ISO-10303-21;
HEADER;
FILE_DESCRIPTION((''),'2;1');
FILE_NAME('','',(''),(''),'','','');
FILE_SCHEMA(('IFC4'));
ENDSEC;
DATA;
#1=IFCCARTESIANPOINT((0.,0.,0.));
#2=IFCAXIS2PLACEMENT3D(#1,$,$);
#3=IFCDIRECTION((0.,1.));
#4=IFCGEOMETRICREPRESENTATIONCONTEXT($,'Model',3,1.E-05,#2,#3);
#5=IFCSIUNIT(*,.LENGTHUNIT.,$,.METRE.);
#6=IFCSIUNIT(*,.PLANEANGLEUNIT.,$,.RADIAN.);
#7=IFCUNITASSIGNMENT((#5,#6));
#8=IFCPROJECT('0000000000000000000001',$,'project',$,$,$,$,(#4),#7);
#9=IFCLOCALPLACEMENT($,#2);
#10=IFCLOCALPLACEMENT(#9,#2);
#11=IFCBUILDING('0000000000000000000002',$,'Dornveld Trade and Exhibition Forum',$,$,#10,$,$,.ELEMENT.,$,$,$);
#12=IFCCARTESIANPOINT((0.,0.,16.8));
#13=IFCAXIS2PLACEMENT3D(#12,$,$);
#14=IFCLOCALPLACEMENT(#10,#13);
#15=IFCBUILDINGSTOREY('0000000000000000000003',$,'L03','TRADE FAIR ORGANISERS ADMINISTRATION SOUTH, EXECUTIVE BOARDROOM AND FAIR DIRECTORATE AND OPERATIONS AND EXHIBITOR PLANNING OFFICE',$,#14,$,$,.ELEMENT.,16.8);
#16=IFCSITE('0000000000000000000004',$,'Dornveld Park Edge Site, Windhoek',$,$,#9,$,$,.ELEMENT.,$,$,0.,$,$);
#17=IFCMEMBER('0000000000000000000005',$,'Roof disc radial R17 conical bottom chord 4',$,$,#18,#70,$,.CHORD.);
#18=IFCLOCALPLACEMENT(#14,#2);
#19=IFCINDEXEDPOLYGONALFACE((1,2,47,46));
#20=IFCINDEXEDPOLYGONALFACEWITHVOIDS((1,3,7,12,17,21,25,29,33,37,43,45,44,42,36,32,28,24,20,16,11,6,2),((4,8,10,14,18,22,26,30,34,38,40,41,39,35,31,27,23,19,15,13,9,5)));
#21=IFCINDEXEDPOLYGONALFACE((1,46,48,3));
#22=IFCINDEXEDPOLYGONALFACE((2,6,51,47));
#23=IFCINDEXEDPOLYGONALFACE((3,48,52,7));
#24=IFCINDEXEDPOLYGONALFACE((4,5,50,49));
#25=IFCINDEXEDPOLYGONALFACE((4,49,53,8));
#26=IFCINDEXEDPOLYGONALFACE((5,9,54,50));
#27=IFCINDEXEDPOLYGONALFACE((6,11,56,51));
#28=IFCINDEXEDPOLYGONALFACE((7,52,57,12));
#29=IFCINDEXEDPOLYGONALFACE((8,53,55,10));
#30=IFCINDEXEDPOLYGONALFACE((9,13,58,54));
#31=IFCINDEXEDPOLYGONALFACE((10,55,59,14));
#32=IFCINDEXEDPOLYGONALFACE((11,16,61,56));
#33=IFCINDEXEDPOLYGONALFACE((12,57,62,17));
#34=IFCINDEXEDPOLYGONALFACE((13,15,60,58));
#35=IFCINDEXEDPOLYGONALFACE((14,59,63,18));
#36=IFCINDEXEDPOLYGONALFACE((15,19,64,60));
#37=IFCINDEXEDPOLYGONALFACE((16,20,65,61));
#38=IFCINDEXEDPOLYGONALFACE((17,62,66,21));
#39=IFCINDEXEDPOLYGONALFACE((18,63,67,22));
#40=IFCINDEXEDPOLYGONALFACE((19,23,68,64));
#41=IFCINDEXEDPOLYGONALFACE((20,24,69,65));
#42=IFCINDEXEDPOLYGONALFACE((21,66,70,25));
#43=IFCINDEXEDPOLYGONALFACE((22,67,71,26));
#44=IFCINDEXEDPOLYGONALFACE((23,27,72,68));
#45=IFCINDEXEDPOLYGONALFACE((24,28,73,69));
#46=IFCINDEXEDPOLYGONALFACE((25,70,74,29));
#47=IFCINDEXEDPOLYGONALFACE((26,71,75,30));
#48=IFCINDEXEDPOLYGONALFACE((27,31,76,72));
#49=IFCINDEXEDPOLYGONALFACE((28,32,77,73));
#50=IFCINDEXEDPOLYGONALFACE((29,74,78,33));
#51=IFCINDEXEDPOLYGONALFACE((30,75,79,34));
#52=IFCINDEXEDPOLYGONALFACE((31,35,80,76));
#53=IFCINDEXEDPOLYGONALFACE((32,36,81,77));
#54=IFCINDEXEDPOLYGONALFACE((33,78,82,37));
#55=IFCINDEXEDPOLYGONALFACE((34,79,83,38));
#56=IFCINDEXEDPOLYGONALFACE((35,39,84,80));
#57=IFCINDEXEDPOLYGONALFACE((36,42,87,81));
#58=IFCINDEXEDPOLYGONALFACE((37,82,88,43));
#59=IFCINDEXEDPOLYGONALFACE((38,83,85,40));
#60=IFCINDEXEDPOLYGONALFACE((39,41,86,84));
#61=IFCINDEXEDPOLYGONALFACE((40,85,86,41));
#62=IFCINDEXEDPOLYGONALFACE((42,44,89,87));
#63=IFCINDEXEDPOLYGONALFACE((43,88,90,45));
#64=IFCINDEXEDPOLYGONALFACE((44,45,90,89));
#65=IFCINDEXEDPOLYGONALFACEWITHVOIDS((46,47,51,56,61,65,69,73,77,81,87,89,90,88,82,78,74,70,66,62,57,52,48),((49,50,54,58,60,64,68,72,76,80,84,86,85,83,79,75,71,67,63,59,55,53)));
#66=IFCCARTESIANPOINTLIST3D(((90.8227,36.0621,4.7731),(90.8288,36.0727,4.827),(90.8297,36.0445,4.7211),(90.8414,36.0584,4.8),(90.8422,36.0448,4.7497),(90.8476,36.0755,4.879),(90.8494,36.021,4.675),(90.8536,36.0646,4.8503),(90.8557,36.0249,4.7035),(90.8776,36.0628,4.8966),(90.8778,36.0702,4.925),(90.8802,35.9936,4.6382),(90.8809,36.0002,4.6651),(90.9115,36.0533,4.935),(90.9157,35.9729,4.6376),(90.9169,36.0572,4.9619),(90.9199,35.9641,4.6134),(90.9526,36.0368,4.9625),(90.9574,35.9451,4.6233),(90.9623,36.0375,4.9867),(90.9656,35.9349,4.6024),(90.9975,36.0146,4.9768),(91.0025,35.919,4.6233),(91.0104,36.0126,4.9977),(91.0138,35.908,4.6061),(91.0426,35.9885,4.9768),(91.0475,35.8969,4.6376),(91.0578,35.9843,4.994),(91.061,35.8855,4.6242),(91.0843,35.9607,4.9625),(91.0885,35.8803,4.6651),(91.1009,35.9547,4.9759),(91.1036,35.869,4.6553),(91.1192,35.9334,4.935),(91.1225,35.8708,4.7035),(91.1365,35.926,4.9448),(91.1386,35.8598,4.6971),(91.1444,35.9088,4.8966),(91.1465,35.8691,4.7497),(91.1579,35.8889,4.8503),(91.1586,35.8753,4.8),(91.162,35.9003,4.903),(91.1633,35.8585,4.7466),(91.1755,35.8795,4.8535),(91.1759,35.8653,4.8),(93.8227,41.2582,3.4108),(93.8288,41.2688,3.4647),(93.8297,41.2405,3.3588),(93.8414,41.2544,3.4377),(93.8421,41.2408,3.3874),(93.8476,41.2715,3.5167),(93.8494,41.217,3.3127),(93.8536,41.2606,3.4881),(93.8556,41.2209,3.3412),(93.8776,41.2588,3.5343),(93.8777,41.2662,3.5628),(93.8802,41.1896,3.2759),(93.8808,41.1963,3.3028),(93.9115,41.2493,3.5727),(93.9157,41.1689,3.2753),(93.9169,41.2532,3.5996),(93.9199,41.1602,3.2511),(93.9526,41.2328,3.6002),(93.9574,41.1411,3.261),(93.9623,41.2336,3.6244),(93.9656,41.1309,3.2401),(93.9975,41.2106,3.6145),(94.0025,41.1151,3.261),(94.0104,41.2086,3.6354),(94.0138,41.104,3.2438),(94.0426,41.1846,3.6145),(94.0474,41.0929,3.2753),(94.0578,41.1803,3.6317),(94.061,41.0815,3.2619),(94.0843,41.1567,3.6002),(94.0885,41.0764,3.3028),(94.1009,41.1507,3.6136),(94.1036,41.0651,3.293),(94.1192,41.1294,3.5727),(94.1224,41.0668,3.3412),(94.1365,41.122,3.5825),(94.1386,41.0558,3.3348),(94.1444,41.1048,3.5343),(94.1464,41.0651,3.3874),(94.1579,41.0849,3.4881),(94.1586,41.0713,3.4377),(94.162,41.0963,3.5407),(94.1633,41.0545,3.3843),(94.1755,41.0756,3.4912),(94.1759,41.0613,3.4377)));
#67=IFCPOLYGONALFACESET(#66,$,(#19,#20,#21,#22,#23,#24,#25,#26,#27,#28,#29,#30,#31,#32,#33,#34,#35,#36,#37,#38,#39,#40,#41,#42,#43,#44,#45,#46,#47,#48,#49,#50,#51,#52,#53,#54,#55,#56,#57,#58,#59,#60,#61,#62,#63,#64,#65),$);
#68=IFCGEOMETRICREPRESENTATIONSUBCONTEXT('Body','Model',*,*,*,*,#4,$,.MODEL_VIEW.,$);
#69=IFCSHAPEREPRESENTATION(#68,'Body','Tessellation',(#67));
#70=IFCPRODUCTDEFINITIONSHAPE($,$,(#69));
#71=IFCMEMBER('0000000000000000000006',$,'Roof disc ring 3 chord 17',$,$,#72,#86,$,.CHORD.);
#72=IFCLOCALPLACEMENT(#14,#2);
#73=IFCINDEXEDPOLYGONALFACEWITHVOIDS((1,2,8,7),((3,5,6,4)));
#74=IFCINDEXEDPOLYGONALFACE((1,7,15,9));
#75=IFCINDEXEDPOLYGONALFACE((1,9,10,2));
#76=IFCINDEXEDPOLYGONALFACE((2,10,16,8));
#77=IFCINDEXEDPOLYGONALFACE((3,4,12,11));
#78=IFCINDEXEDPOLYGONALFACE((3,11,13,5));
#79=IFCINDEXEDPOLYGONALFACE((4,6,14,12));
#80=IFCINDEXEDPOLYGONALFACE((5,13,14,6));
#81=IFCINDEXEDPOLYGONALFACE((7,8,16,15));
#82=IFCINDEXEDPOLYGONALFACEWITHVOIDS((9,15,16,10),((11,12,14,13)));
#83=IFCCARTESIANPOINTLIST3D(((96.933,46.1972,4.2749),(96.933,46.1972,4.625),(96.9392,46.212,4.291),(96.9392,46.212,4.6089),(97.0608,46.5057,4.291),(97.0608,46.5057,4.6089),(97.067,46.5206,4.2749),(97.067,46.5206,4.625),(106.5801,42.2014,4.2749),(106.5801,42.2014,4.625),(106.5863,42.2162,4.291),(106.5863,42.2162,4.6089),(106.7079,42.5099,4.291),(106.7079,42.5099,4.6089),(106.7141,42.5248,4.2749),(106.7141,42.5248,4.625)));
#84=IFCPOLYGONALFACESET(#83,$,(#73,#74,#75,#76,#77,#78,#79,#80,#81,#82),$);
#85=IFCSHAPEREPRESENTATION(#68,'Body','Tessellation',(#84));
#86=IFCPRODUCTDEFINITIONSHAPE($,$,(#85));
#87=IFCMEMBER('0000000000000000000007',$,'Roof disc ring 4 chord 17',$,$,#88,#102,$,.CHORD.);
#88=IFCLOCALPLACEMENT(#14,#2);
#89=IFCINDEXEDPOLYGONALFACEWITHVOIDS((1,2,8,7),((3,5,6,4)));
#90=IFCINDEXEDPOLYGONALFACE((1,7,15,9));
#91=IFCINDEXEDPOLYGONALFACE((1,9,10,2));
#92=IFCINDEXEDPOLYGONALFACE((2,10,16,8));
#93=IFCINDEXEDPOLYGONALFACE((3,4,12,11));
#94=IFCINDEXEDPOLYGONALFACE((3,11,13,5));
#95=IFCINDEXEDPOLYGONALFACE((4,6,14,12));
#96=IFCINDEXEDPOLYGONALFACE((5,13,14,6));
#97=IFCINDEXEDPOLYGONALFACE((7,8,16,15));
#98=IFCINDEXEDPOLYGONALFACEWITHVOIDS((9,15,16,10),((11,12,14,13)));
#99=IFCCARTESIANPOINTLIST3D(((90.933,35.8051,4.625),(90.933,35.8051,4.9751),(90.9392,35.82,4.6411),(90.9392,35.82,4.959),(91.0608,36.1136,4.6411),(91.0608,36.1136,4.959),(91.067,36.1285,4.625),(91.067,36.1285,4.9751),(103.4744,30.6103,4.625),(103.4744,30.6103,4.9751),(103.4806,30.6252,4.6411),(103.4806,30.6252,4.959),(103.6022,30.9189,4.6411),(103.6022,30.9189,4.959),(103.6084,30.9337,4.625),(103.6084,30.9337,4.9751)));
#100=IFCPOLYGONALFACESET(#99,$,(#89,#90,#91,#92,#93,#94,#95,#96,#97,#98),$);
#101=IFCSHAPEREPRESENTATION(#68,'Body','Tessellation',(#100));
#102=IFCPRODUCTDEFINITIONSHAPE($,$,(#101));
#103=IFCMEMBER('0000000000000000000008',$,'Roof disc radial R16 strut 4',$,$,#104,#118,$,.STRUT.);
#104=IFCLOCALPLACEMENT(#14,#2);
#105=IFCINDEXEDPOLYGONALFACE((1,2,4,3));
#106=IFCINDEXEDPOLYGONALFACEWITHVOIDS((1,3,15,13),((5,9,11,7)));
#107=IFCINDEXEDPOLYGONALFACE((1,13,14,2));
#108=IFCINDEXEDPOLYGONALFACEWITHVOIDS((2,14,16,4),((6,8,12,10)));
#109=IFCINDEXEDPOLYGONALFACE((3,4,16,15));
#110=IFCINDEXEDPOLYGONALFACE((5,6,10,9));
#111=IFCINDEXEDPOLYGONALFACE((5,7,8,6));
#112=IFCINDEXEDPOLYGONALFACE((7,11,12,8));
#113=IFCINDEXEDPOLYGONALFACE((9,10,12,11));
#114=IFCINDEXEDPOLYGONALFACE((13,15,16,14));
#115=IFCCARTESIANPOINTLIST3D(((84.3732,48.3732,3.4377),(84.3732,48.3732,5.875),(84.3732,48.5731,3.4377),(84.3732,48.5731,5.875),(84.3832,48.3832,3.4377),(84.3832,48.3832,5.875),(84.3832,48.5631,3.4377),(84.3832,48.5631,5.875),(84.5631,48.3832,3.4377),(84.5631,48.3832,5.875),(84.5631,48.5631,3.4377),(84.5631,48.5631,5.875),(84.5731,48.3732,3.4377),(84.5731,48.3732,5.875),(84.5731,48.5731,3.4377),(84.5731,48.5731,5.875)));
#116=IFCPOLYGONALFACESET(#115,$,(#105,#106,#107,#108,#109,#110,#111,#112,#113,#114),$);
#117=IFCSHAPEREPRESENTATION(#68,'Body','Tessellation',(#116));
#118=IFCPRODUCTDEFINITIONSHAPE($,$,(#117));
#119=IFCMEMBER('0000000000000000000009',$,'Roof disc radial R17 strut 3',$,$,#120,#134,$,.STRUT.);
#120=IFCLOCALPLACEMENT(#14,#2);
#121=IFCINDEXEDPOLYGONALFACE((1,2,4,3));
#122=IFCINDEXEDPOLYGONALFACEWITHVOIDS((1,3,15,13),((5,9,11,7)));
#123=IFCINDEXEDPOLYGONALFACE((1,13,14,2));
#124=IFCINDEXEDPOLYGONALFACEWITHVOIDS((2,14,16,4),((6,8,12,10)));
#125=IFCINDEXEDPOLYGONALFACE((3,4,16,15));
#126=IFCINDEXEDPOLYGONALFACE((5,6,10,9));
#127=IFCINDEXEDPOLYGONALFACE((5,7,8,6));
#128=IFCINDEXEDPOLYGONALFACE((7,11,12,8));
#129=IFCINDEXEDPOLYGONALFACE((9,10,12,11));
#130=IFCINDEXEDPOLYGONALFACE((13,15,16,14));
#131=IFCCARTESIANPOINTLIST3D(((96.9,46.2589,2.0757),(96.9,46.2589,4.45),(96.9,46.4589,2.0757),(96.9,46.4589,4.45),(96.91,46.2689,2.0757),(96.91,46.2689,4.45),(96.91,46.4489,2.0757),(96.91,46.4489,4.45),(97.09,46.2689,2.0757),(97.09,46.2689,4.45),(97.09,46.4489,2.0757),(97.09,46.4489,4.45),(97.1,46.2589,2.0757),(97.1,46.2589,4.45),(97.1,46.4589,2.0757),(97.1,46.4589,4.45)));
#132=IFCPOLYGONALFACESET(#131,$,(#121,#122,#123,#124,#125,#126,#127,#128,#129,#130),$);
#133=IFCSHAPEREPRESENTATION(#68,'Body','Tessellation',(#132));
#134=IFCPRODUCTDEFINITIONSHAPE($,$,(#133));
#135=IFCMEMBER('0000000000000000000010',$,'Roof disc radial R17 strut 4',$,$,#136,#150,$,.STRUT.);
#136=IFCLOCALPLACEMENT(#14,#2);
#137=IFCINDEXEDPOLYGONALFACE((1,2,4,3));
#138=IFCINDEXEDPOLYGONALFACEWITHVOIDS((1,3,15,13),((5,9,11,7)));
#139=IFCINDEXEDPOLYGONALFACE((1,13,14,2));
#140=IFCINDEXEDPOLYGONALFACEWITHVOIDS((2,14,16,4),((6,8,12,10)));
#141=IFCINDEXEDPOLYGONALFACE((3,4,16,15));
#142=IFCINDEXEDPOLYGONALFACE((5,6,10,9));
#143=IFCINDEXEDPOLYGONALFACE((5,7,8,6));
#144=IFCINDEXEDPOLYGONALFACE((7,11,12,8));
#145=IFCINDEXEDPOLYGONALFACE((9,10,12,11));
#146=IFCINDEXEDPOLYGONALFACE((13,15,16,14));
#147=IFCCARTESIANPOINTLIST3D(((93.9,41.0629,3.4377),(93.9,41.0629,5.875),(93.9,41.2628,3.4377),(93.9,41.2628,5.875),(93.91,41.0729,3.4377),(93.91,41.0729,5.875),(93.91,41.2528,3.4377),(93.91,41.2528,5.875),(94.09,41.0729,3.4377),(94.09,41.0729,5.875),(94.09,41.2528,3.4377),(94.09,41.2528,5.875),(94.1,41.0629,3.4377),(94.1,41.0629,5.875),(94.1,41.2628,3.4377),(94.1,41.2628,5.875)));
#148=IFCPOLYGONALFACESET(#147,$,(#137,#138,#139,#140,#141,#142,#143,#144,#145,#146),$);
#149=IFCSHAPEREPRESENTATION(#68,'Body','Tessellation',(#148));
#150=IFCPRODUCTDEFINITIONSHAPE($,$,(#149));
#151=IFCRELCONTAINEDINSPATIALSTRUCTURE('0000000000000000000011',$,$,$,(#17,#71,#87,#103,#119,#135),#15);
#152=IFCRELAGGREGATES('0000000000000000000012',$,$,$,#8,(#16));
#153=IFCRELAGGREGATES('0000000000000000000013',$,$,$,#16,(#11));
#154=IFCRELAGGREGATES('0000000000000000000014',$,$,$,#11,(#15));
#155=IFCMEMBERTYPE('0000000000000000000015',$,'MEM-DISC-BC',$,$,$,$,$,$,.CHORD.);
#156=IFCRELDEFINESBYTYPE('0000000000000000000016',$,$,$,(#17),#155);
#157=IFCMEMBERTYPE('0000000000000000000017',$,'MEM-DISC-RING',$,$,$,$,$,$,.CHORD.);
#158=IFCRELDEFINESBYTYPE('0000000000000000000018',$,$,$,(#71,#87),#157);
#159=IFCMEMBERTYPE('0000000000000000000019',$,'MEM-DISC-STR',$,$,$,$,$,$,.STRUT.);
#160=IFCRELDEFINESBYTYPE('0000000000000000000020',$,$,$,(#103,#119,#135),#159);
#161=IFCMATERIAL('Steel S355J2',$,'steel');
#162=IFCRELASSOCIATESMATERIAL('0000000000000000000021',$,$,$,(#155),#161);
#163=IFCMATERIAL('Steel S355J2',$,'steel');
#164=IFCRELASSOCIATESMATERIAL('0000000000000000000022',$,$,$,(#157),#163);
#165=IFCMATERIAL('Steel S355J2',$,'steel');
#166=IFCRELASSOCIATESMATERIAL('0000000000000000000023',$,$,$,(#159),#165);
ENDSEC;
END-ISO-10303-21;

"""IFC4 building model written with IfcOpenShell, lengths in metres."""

from ifc_helpers import new_model, si_unit, direction, frame, origin, origin_2d, place, context, subcontext, project, spatial, hollow_rectangle, hollow_circle, extrude, material, material_profile, profile_set, type_object, element, save


model = new_model("IFC4")

# Units and contexts
model_context = context("Model", 3, precision=1e-05, world=origin(), true_north=direction((0.0, 1.0)))
body_context = subcontext(model_context, "Body", "Model", "MODEL_VIEW")
ifc_project = project(units=[si_unit("LENGTHUNIT", "METRE"), si_unit("PLANEANGLEUNIT", "RADIAN")], contexts=[model_context])

# Site, building, storey
site_placement = place(None, origin())
site = spatial("IfcSite", under=ifc_project, at=site_placement, Name="Dornveld Park Edge Site, Windhoek", CompositionType="ELEMENT", RefElevation=0.0)
building_placement = place(site_placement, origin())
building = spatial("IfcBuilding", under=site, at=building_placement, Name="Dornveld Trade and Exhibition Forum", CompositionType="ELEMENT")
storey_placement = place(building_placement, frame((0.0, 0.0, 16.8)))
storey = spatial("IfcBuildingStorey", under=building, at=storey_placement, Name="L03", Description="TRADE FAIR ORGANISERS ADMINISTRATION SOUTH, EXECUTIVE BOARDROOM AND FAIR DIRECTORATE AND OPERATIONS AND EXHIBITOR PLANNING OFFICE", CompositionType="ELEMENT", Elevation=16.8)

# Members
ifc_material_1 = material(Name="Steel S355J2", Category="steel")
ifc_material_profile_1 = material_profile(ifc_material_1, hollow_circle(Radius=0.2031, WallThickness=0.02, at=origin_2d()), Name="CHS 406.4x20")
ifc_profile_set_1 = profile_set([ifc_material_profile_1], Name="Steel S355J2")
member_type_1 = type_object("IfcMemberType", Name="MEM-DISC-BC", PredefinedType="CHORD", material=ifc_profile_set_1)
for number, where, z_axis, x_axis, name in (
    (1, (94.0, 41.1628, 3.4377), (-0.487597, -0.844525, 0.221419), (0.866021, -0.500008, 0.0), "Roof disc radial R17 conical bottom chord 4"),
):
    element("IfcMember", number, at=place(storey_placement, frame(where, z_axis=z_axis, x_axis=x_axis)), inside=storey, type_object=member_type_1, Name=name, PredefinedType="CHORD", context=body_context, shape_type="SweptSolid", body=[
        extrude(hollow_circle(Radius=0.2031, WallThickness=0.02, at=origin_2d()), origin(), (0.0, 0.0, 1.0), 6.1526),
    ])
ifc_material_2 = material(Name="Steel S355J2", Category="steel")
ifc_material_profile_2 = material_profile(ifc_material_2, hollow_rectangle(XDim=0.3501, YDim=0.3501, WallThickness=0.0161, at=origin_2d()), Name="SHS 350x350x16")
ifc_profile_set_2 = profile_set([ifc_material_profile_2], Name="Steel S355J2")
member_type_2 = type_object("IfcMemberType", Name="MEM-DISC-RING", PredefinedType="CHORD", material=ifc_profile_set_2)
member_1_placement = place(storey_placement, frame((97.0, 46.3589, 4.45), z_axis=(0.923885, -0.38267, 0.0), x_axis=(0.38267, 0.923885, 0.0)))
element("IfcMember", 2, at=member_1_placement, inside=storey, type_object=member_type_2, Name="Roof disc ring 3 chord 17", PredefinedType="CHORD", context=body_context, shape_type="SweptSolid", body=[
    extrude(hollow_rectangle(XDim=0.3501, YDim=0.3501, WallThickness=0.0161, at=origin_2d()), origin(), (0.0, 0.0, 1.0), 10.4419),
])
member_2_placement = place(storey_placement, frame((91.0, 35.9668, 4.8), z_axis=(0.92388, -0.382681, 0.0), x_axis=(0.382681, 0.92388, 0.0)))
element("IfcMember", 3, at=member_2_placement, inside=storey, type_object=member_type_2, Name="Roof disc ring 4 chord 17", PredefinedType="CHORD", context=body_context, shape_type="SweptSolid", body=[
    extrude(hollow_rectangle(XDim=0.3501, YDim=0.3501, WallThickness=0.0161, at=origin_2d()), origin(), (0.0, 0.0, 1.0), 13.5747),
])
ifc_material_3 = material(Name="Steel S355J2", Category="steel")
ifc_material_profile_3 = material_profile(ifc_material_3, hollow_rectangle(XDim=0.2, YDim=0.2, WallThickness=0.01, at=origin_2d()), Name="SHS 200x200x10")
ifc_profile_set_3 = profile_set([ifc_material_profile_3], Name="Steel S355J2")
member_type_3 = type_object("IfcMemberType", Name="MEM-DISC-STR", PredefinedType="STRUT", material=ifc_profile_set_3)
member_3_placement = place(storey_placement, frame((84.4731, 48.4731, 3.4377), z_axis=(0.0, 0.0, 1.0), x_axis=(1.0, 0.0, 0.0)))
element("IfcMember", 4, at=member_3_placement, inside=storey, type_object=member_type_3, Name="Roof disc radial R16 strut 4", PredefinedType="STRUT", context=body_context, shape_type="SweptSolid", body=[
    extrude(hollow_rectangle(XDim=0.2, YDim=0.2, WallThickness=0.01, at=origin_2d()), origin(), (0.0, 0.0, 1.0), 2.4373),
])
member_4_placement = place(storey_placement, frame((97.0, 46.3589, 2.0757), z_axis=(0.0, 0.0, 1.0), x_axis=(1.0, 0.0, 0.0)))
element("IfcMember", 5, at=member_4_placement, inside=storey, type_object=member_type_3, Name="Roof disc radial R17 strut 3", PredefinedType="STRUT", context=body_context, shape_type="SweptSolid", body=[
    extrude(hollow_rectangle(XDim=0.2, YDim=0.2, WallThickness=0.01, at=origin_2d()), origin(), (0.0, 0.0, 1.0), 2.3743),
])
member_5_placement = place(storey_placement, frame((94.0, 41.1628, 3.4377), z_axis=(0.0, 0.0, 1.0), x_axis=(1.0, 0.0, 0.0)))
element("IfcMember", 6, at=member_5_placement, inside=storey, type_object=member_type_3, Name="Roof disc radial R17 strut 4", PredefinedType="STRUT", context=body_context, shape_type="SweptSolid", body=[
    extrude(hollow_rectangle(XDim=0.2, YDim=0.2, WallThickness=0.01, at=origin_2d()), origin(), (0.0, 0.0, 1.0), 2.4373),
])

save(model, "model.ifc")
